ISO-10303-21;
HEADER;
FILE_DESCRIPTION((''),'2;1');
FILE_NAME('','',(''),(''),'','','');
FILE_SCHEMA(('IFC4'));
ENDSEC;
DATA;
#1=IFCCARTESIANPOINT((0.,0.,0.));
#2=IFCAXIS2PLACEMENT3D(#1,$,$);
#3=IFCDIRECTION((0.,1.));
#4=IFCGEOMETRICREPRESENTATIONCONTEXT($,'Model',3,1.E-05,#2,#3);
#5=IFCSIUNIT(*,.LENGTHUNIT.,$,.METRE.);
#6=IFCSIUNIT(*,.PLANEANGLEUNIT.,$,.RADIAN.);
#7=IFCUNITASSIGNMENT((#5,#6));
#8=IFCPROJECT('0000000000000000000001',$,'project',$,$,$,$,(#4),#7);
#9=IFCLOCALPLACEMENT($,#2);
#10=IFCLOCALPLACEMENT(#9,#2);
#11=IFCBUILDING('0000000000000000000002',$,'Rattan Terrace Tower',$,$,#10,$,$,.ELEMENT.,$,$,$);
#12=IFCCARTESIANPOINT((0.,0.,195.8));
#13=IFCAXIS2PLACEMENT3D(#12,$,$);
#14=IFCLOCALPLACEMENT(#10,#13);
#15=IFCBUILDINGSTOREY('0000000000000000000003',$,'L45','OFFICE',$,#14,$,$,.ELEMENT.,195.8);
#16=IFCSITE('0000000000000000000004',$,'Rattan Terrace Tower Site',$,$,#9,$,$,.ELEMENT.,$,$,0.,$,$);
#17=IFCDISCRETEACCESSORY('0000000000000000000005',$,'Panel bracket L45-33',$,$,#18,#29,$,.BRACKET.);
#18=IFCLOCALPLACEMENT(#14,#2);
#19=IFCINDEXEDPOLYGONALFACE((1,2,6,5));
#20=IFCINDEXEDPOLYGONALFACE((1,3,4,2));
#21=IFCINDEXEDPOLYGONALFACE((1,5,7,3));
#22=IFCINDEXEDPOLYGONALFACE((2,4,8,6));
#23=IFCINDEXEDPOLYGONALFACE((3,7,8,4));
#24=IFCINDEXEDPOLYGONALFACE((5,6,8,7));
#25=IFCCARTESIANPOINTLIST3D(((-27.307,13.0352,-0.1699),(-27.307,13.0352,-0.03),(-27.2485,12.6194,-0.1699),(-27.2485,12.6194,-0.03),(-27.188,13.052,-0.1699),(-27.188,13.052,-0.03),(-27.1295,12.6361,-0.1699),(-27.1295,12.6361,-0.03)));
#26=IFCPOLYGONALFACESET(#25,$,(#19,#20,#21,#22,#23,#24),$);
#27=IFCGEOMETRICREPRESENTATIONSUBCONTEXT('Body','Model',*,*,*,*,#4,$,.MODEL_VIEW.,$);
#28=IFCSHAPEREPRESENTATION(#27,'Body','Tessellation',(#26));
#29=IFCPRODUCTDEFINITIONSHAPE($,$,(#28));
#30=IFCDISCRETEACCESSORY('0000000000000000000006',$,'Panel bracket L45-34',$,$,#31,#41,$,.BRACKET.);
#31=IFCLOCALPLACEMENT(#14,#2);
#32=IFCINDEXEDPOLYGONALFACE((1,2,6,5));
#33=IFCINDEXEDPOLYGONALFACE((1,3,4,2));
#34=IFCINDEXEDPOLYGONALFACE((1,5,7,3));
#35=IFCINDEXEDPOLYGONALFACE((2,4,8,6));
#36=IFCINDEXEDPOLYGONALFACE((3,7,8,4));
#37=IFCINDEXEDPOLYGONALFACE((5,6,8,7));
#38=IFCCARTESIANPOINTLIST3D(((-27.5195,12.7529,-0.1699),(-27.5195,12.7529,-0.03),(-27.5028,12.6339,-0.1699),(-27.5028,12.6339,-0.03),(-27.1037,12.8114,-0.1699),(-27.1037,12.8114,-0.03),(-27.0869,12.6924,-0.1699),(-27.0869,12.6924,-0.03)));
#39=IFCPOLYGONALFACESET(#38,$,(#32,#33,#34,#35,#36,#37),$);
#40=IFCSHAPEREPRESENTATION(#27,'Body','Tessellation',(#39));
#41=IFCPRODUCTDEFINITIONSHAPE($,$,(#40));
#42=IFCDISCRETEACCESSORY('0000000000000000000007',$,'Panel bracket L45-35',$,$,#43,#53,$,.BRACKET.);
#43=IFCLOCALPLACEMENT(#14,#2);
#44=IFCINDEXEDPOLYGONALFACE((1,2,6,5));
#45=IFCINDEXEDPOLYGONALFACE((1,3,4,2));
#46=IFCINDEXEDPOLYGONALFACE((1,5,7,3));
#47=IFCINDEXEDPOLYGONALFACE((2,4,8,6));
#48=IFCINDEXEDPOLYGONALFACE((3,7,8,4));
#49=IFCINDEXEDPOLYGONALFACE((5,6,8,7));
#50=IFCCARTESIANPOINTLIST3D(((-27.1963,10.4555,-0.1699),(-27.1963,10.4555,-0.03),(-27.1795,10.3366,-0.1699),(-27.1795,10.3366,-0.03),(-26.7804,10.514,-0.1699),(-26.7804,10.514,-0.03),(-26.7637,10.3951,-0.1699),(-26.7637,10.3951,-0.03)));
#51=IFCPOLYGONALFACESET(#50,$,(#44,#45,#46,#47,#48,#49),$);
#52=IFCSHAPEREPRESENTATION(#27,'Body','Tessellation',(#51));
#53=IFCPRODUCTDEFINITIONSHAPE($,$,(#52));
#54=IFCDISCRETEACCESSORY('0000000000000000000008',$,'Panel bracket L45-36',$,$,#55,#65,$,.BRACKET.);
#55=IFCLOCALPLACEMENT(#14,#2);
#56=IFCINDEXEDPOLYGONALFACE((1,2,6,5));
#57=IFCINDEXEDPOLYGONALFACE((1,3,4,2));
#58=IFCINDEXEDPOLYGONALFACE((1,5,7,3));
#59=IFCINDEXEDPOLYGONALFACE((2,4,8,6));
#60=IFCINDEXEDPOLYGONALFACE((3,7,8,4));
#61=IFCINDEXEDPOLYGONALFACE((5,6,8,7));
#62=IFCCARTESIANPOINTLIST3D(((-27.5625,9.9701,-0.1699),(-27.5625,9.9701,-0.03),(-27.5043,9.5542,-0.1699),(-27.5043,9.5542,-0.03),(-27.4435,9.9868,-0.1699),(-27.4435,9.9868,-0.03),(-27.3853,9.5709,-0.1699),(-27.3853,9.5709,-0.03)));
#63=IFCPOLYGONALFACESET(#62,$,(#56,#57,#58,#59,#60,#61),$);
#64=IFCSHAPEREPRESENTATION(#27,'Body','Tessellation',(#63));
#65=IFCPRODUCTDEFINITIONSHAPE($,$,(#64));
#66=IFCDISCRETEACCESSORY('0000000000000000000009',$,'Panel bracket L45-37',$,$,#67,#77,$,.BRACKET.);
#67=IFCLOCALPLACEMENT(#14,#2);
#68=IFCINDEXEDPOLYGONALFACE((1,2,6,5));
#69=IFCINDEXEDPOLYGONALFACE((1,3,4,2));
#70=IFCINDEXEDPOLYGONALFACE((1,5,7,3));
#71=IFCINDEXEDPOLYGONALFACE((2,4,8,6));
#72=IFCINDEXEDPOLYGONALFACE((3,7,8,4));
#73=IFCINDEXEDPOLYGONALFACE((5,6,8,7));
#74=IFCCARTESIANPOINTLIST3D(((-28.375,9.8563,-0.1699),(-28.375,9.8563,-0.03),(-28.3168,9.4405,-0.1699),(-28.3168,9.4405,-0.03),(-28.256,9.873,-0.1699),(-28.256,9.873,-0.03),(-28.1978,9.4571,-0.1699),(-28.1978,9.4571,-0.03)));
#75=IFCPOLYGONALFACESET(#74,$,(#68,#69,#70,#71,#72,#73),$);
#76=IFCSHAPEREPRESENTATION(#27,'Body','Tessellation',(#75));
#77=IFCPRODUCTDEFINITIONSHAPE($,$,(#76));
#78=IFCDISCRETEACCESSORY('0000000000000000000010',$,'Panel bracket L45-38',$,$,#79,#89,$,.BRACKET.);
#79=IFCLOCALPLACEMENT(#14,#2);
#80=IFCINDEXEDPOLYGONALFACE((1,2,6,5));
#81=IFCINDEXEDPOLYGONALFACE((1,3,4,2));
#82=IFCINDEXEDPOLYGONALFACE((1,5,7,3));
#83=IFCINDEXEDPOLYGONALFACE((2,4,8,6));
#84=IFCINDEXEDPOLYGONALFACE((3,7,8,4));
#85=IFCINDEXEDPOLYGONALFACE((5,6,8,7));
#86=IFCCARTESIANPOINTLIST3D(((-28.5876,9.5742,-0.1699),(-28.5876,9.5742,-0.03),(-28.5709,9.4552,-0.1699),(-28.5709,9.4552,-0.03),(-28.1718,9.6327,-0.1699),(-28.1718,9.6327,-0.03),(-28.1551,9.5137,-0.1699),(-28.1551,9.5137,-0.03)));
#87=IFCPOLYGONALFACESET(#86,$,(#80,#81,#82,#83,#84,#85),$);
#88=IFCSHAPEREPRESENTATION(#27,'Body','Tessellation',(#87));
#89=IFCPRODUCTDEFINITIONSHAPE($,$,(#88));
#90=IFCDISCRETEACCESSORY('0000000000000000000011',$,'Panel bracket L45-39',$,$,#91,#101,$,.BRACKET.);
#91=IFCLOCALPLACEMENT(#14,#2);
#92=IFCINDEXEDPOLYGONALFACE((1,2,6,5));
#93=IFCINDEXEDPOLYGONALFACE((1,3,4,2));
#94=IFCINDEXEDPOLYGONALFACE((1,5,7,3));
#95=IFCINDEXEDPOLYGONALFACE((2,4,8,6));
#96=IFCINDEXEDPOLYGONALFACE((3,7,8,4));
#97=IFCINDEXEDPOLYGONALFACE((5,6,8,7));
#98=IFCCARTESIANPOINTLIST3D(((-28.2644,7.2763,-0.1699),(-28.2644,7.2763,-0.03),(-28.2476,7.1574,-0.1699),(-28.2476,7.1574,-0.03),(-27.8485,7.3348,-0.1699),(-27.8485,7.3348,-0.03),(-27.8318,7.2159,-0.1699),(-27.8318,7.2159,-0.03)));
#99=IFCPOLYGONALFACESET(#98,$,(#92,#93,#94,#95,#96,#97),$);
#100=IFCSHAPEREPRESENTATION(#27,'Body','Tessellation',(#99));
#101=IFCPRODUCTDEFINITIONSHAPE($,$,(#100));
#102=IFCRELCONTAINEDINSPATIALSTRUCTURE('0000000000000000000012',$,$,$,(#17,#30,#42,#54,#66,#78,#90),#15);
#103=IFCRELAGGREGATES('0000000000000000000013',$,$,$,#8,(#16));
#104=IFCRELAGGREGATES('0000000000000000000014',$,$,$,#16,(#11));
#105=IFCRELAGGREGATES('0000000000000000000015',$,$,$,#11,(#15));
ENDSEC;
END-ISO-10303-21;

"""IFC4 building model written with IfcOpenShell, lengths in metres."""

from ifc_helpers import new_model, si_unit, direction, frame, origin, origin_2d, place, context, subcontext, project, spatial, rectangle, extrude, element, save


model = new_model("IFC4")

# Units and contexts
model_context = context("Model", 3, precision=1e-05, world=origin(), true_north=direction((0.0, 1.0)))
body_context = subcontext(model_context, "Body", "Model", "MODEL_VIEW")
ifc_project = project(units=[si_unit("LENGTHUNIT", "METRE"), si_unit("PLANEANGLEUNIT", "RADIAN")], contexts=[model_context])

# Site, building, storey
site_placement = place(None, origin())
site = spatial("IfcSite", under=ifc_project, at=site_placement, Name="Rattan Terrace Tower Site", CompositionType="ELEMENT", RefElevation=0.0)
building_placement = place(site_placement, origin())
building = spatial("IfcBuilding", under=site, at=building_placement, Name="Rattan Terrace Tower", CompositionType="ELEMENT")
storey_placement = place(building_placement, frame((0.0, 0.0, 195.8)))
storey = spatial("IfcBuildingStorey", under=building, at=storey_placement, Name="L45", Description="OFFICE", CompositionType="ELEMENT", Elevation=195.8)

# Discrete accessories
for number, where, z_axis, x_axis, name in (
    (1, (-27.2183, 12.8357, -0.1699), (0.0, 0.0, 1.0), (-0.990247, -0.139321, 0.0), "Panel bracket L45-33"),
    (2, (-27.3032, 12.7227, -0.1699), (0.0, 0.0, 1.0), (0.139321, -0.990247, 0.0), "Panel bracket L45-34"),
    (3, (-26.98, 10.4253, -0.1699), (0.0, 0.0, 1.0), (0.139321, -0.990247, 0.0), "Panel bracket L45-35"),
    (4, (-27.4739, 9.7705, -0.1699), (0.0, 0.0, 1.0), (-0.990345, -0.138622, 0.0), "Panel bracket L45-36"),
    (5, (-28.2864, 9.6567, -0.1699), (0.0, 0.0, 1.0), (-0.990345, -0.138622, 0.0), "Panel bracket L45-37"),
    (6, (-28.3713, 9.5439, -0.1699), (0.0, 0.0, 1.0), (0.139321, -0.990247, 0.0), "Panel bracket L45-38"),
    (7, (-28.0481, 7.2461, -0.1699), (0.0, 0.0, 1.0), (0.139321, -0.990247, 0.0), "Panel bracket L45-39"),
):
    element("IfcDiscreteAccessory", number, at=place(storey_placement, frame(where, z_axis=z_axis, x_axis=x_axis)), inside=storey, Name=name, PredefinedType="BRACKET", context=body_context, shape_type="SweptSolid", body=[
        extrude(rectangle(XDim=0.1201, YDim=0.4199, at=origin_2d()), origin(), (0.0, 0.0, 1.0), 0.1399),
    ])

save(model, "model.ifc")
